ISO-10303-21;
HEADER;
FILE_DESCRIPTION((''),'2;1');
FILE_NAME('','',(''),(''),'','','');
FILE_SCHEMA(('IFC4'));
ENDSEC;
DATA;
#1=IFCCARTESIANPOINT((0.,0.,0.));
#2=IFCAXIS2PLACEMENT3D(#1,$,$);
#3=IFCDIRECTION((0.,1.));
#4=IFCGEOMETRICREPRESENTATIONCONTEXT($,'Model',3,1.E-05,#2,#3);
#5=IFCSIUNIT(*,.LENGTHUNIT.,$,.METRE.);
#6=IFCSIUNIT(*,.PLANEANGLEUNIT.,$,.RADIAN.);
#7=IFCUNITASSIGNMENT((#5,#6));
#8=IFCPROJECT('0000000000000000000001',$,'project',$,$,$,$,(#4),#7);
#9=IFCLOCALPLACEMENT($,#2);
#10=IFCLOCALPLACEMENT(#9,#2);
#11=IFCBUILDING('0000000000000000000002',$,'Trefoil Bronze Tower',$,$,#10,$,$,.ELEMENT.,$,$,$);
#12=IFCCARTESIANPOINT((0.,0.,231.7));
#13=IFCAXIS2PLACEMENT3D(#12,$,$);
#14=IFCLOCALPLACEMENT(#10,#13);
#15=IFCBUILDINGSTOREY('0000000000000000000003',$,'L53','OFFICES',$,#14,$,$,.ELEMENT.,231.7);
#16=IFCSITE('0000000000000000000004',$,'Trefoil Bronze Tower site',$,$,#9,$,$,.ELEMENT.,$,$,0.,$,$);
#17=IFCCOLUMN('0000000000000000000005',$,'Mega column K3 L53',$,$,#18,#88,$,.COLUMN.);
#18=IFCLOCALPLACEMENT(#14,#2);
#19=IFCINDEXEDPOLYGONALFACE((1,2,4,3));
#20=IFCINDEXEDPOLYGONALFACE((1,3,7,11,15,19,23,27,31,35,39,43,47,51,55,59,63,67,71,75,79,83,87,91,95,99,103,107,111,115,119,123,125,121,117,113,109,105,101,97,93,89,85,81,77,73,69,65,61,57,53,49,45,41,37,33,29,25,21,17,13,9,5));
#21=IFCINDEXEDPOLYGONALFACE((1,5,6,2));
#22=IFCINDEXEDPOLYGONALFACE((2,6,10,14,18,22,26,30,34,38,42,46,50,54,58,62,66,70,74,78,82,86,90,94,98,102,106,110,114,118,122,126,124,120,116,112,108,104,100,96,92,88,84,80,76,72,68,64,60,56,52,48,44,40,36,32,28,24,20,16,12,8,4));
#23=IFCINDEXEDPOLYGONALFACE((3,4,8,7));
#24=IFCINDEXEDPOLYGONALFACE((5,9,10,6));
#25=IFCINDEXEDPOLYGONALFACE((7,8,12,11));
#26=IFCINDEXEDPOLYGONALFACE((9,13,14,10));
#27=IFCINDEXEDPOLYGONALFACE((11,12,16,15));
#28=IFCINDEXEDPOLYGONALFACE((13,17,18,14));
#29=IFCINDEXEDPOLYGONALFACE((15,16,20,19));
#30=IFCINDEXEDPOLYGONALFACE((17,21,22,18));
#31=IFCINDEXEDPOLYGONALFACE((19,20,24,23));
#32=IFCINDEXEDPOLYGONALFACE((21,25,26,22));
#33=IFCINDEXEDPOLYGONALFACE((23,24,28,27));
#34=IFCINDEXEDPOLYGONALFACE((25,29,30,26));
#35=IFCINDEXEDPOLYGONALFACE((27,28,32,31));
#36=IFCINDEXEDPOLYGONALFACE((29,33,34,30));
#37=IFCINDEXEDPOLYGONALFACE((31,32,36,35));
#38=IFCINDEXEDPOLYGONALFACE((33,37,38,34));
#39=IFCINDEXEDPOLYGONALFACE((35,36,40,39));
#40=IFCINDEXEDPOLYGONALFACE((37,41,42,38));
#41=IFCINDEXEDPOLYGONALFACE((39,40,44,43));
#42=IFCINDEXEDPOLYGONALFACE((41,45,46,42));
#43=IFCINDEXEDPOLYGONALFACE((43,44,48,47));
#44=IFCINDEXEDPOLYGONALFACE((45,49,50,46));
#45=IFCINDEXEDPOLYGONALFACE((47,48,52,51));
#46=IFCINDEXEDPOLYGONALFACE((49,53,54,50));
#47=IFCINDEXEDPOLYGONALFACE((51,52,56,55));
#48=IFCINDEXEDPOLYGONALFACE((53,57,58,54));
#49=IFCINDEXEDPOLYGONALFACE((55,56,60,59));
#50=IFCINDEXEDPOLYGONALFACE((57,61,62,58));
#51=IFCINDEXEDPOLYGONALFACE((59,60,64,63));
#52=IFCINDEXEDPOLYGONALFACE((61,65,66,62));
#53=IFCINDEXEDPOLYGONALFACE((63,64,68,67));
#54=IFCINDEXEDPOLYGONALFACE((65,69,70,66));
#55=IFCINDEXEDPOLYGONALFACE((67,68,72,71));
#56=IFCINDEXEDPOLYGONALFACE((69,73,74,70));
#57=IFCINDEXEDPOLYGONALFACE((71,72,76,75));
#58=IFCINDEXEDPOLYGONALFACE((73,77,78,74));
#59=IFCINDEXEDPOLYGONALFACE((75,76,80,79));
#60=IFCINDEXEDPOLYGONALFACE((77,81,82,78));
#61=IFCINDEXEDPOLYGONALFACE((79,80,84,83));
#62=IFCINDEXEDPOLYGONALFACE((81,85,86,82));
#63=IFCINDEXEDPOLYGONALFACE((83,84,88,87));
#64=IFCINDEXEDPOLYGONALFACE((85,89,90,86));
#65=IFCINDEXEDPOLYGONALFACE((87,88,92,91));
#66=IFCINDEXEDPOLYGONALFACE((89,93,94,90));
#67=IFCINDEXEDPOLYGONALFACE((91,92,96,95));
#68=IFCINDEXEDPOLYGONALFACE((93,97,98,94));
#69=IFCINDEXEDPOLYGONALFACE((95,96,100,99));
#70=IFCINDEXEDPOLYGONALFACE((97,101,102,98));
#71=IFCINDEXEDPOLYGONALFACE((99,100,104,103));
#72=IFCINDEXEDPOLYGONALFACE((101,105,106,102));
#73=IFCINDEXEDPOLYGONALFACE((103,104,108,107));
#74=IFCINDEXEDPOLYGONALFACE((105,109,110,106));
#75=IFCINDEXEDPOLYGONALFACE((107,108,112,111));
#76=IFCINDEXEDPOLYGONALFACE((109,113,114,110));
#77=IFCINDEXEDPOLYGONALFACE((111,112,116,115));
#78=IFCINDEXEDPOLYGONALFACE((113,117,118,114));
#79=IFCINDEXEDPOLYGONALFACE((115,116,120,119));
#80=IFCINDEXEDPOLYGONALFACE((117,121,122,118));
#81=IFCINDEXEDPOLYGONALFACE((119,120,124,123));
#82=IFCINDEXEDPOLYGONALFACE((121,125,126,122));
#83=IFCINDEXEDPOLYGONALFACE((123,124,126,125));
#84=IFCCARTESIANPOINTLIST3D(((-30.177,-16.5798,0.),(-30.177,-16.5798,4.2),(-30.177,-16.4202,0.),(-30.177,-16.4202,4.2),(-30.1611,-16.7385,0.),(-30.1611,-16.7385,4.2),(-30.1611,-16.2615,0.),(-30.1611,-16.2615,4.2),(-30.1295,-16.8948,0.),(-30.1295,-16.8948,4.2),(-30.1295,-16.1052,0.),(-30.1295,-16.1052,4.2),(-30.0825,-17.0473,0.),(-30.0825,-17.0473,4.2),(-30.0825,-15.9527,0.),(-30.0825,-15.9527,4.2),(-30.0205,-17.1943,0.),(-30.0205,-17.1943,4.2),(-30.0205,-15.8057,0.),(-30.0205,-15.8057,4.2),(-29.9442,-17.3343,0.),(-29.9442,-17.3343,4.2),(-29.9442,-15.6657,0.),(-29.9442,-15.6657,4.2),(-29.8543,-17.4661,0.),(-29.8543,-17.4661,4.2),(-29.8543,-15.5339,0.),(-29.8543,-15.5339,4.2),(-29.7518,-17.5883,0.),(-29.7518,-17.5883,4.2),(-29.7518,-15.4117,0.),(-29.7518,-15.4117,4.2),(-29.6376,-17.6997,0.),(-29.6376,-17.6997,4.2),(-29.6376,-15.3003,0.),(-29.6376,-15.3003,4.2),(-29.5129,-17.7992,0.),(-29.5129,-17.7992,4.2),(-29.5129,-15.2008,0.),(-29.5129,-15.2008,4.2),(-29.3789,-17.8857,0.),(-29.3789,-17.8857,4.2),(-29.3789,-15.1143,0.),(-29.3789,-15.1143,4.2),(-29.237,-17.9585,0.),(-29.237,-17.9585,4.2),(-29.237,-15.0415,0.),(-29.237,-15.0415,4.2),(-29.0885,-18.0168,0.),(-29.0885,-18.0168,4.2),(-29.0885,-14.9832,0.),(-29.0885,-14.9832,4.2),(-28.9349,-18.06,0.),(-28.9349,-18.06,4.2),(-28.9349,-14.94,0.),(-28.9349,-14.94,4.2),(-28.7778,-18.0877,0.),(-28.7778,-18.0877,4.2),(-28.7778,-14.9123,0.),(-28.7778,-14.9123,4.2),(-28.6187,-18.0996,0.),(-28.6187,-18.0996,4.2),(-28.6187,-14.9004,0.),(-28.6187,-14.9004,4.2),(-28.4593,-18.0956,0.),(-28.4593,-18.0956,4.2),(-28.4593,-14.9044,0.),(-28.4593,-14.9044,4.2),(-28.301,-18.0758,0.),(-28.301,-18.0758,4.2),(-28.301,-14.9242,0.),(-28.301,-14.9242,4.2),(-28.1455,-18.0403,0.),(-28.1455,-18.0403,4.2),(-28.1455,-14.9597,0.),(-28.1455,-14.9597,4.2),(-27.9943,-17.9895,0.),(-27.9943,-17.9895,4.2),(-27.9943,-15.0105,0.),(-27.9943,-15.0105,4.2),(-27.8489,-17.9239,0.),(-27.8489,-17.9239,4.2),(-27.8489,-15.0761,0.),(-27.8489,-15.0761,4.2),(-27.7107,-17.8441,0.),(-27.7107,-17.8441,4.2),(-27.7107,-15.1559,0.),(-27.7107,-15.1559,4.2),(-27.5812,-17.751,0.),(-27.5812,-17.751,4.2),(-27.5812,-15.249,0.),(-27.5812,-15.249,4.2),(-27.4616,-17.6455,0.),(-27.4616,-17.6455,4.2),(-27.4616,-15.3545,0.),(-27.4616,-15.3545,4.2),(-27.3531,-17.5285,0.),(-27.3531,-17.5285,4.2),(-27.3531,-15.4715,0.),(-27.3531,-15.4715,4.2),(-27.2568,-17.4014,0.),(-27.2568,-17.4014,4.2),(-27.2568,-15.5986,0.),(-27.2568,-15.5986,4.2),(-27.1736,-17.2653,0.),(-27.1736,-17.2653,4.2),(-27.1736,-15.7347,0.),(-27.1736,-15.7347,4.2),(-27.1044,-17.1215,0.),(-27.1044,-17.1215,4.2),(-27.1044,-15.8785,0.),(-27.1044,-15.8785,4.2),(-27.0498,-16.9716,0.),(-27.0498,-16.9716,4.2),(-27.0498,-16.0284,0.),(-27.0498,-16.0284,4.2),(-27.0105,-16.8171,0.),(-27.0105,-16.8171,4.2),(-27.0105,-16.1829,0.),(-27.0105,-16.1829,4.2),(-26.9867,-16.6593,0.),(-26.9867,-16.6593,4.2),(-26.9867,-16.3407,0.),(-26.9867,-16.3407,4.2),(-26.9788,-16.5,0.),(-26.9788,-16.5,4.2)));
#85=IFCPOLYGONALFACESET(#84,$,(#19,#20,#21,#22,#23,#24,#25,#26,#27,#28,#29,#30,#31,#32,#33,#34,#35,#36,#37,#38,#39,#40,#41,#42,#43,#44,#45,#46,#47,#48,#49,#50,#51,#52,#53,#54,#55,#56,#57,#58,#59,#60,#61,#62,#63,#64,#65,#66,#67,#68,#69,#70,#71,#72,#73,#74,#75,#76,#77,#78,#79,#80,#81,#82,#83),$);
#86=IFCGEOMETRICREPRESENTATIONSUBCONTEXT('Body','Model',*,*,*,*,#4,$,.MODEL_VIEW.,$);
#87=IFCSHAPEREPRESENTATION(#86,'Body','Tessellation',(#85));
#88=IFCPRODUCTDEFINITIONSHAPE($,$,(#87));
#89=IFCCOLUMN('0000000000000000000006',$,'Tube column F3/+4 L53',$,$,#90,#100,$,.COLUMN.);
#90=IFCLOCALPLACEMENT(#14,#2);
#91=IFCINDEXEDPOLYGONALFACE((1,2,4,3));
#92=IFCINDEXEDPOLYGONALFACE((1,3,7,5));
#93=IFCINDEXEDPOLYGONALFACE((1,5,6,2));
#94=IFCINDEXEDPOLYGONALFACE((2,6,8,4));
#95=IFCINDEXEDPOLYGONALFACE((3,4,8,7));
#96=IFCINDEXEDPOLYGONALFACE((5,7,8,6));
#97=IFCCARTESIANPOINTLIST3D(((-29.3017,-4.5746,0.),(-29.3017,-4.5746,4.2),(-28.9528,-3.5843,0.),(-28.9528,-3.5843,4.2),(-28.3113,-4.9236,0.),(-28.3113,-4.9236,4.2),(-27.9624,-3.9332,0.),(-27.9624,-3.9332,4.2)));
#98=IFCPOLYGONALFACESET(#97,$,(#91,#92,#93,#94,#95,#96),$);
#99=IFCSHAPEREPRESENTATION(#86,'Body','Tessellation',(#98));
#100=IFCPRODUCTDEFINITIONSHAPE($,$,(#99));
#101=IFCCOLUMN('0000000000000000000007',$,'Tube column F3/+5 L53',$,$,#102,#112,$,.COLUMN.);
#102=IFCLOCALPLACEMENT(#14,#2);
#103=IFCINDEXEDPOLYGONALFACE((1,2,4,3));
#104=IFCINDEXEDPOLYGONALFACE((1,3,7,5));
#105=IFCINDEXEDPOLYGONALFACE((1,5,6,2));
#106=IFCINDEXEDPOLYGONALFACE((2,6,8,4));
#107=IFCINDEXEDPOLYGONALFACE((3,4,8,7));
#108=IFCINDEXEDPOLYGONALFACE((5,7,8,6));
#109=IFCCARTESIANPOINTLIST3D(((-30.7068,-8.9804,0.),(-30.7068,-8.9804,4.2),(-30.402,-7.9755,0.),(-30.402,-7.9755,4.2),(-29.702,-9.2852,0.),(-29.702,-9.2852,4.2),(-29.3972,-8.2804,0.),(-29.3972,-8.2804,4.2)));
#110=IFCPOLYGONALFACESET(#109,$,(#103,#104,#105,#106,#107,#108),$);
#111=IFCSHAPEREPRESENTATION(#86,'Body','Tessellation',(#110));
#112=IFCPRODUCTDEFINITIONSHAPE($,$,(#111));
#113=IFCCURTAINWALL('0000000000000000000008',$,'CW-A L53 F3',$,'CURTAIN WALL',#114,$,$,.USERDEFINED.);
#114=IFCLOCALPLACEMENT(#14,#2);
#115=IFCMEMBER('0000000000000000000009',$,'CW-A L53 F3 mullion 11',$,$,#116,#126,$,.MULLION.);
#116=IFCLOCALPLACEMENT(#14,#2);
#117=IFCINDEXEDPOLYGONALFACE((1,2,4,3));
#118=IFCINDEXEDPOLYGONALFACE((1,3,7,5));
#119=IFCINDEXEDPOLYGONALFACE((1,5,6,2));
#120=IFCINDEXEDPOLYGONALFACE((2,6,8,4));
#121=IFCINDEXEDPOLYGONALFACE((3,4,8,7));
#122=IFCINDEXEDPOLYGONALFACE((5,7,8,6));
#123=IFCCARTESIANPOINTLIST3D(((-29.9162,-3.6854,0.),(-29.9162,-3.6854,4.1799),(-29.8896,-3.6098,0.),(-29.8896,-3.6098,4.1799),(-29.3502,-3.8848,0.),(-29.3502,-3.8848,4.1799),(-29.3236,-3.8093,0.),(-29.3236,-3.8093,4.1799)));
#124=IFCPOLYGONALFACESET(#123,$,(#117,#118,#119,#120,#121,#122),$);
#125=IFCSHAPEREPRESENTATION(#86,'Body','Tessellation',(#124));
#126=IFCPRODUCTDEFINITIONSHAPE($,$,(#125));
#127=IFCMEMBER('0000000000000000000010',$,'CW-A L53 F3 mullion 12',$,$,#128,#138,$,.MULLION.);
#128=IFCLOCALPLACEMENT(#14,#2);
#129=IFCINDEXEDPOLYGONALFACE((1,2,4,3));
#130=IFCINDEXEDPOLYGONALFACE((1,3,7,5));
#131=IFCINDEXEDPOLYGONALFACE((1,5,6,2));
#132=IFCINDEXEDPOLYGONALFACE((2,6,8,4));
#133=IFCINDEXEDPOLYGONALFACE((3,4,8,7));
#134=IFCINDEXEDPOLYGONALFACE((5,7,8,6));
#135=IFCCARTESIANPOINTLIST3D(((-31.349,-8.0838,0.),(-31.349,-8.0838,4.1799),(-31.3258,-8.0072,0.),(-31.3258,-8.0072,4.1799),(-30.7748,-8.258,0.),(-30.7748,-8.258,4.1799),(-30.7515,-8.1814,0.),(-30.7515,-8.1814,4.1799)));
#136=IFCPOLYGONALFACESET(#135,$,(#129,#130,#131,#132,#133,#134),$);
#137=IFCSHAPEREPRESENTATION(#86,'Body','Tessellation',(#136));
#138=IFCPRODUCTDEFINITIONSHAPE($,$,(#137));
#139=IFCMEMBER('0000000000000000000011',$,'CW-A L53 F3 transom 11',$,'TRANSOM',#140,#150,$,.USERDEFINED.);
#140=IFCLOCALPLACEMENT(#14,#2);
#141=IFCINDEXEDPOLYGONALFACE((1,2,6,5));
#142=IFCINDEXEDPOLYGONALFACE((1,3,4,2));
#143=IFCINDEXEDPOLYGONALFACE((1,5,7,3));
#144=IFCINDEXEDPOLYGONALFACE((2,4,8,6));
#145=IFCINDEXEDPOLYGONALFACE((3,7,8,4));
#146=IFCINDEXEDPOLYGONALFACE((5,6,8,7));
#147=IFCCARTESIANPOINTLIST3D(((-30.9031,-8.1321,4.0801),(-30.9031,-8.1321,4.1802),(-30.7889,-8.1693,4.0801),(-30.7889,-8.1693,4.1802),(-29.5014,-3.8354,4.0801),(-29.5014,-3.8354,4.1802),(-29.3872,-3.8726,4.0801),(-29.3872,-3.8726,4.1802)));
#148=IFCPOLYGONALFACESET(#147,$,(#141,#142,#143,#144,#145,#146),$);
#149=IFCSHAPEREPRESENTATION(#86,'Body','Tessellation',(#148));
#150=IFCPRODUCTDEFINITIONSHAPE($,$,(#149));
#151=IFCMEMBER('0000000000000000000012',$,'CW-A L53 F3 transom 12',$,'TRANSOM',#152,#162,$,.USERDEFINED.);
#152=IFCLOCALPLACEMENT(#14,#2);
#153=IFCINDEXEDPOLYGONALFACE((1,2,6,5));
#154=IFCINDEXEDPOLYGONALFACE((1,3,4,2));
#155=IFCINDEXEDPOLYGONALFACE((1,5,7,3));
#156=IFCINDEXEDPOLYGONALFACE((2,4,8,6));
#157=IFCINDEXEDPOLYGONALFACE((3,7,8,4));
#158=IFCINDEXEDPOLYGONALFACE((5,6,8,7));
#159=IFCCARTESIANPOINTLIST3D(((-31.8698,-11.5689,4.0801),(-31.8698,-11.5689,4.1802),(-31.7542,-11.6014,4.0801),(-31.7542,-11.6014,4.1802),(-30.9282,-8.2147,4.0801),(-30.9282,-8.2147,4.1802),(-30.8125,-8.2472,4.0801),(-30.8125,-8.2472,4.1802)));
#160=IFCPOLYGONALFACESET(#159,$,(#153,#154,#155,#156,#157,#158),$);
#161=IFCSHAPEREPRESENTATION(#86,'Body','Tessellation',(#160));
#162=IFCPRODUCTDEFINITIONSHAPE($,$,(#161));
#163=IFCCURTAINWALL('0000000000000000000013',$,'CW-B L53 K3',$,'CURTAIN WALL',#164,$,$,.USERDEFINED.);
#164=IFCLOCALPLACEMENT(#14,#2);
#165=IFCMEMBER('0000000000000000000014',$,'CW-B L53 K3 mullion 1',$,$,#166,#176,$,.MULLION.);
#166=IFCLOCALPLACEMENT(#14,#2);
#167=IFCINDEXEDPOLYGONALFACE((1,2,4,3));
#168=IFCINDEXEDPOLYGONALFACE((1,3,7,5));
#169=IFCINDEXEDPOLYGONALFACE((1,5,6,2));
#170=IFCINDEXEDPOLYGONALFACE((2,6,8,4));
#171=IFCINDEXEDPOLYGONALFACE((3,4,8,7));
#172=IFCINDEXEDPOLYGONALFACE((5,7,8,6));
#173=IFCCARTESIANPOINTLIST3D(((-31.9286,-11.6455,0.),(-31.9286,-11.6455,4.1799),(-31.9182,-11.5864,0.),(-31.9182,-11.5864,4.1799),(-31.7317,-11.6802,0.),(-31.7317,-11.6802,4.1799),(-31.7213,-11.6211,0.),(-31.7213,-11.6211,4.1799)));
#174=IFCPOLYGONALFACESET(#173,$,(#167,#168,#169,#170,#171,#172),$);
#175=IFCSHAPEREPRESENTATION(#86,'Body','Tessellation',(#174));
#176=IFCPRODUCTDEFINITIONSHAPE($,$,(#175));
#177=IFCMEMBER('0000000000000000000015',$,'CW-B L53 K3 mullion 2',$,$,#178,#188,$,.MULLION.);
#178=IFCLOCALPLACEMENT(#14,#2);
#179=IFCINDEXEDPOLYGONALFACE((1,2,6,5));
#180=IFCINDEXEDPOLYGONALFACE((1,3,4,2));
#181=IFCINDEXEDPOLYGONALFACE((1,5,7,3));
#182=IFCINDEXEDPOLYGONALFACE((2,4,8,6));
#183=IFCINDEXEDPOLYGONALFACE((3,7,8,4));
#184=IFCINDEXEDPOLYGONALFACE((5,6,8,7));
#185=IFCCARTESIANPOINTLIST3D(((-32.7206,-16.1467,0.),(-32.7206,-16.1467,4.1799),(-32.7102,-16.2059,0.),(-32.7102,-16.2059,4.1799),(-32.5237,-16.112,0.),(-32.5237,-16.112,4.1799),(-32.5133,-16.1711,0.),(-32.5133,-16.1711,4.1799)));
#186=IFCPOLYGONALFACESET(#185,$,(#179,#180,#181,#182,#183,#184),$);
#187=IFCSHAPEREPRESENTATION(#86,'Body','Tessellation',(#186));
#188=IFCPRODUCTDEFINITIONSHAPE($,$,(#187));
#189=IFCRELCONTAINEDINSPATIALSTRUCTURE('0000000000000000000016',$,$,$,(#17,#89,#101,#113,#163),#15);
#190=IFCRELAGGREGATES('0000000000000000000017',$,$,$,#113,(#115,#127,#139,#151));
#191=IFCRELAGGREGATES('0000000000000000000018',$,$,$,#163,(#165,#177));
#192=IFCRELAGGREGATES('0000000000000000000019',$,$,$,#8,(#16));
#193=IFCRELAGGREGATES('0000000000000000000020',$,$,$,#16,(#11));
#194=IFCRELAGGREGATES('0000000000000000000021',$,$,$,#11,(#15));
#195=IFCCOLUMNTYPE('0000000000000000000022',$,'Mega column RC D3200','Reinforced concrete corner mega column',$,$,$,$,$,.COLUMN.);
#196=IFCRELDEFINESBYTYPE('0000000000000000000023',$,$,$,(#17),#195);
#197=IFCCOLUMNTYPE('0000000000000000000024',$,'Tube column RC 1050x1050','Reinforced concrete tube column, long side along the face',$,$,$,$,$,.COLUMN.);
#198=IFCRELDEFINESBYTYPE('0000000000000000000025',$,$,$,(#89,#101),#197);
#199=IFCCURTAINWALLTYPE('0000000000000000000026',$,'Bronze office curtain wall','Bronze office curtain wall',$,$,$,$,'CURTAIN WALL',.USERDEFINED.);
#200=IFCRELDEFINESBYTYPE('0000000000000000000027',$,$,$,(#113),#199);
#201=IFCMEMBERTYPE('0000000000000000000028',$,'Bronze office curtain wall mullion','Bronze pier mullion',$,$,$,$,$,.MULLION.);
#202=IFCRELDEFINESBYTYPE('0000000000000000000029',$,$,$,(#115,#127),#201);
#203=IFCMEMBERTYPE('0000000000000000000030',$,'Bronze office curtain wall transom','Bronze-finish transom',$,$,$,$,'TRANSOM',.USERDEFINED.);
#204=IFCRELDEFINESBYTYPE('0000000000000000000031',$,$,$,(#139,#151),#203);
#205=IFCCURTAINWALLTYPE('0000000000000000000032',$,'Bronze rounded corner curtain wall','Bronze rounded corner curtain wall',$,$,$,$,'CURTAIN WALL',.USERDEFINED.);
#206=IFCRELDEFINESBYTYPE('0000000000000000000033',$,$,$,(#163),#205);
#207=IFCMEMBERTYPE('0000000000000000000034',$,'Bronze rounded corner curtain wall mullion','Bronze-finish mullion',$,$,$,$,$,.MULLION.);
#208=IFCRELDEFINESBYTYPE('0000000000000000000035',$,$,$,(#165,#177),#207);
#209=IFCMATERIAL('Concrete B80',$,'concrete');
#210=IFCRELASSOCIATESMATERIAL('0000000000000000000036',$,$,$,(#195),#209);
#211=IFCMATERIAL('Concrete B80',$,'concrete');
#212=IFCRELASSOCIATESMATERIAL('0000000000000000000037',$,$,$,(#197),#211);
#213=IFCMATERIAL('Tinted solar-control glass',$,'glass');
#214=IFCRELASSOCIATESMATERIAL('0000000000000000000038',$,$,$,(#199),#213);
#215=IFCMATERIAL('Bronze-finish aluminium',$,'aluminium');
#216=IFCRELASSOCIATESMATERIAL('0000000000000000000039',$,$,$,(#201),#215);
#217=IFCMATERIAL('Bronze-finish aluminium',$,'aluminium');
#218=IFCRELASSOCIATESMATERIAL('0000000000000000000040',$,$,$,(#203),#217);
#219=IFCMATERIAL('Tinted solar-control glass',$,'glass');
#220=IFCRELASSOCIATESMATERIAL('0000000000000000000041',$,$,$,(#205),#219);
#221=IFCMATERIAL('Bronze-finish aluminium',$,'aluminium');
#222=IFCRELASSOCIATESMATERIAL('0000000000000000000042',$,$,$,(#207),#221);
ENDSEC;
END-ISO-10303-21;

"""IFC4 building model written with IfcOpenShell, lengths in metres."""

from ifc_helpers import new_model, si_unit, direction, frame, origin, origin_2d, place, context, subcontext, project, spatial, rectangle, circle, extrude, material, material_profile, profile_set, type_object, element, aggregate, save


model = new_model("IFC4")

# Units and contexts
model_context = context("Model", 3, precision=1e-05, world=origin(), true_north=direction((0.0, 1.0)))
body_context = subcontext(model_context, "Body", "Model", "MODEL_VIEW")
ifc_project = project(units=[si_unit("LENGTHUNIT", "METRE"), si_unit("PLANEANGLEUNIT", "RADIAN")], contexts=[model_context])

# Site, building, storey
site_placement = place(None, origin())
site = spatial("IfcSite", under=ifc_project, at=site_placement, Name="Trefoil Bronze Tower site", CompositionType="ELEMENT", RefElevation=0.0)
building_placement = place(site_placement, origin())
building = spatial("IfcBuilding", under=site, at=building_placement, Name="Trefoil Bronze Tower", CompositionType="ELEMENT")
storey_placement = place(building_placement, frame((0.0, 0.0, 231.7)))
storey = spatial("IfcBuildingStorey", under=building, at=storey_placement, Name="L53", Description="OFFICES", CompositionType="ELEMENT", Elevation=231.7)

# Columns
ifc_material_1 = material(Name="Concrete B80", Category="concrete")
ifc_material_profile_1 = material_profile(ifc_material_1, circle(Radius=1.6001, at=origin_2d()), Name="RC D3200")
ifc_profile_set_1 = profile_set([ifc_material_profile_1], Name="Concrete B80")
column_type_1 = type_object("IfcColumnType", Name="Mega column RC D3200", Description="Reinforced concrete corner mega column", PredefinedType="COLUMN", material=ifc_profile_set_1)
column_placement = place(storey_placement, frame((-28.5789, -16.5, 0.0), z_axis=(0.0, 0.0, 1.0), x_axis=(1.0, 0.0, 0.0)))
element("IfcColumn", 1, at=column_placement, inside=storey, type_object=column_type_1, Name="Mega column K3 L53", PredefinedType="COLUMN", context=body_context, shape_type="SweptSolid", body=[
    extrude(circle(Radius=1.6001, at=origin_2d()), origin(), (0.0, 0.0, 1.0), 4.2),
])
ifc_material_2 = material(Name="Concrete B80", Category="concrete")
ifc_material_profile_2 = material_profile(ifc_material_2, rectangle(XDim=1.05, YDim=1.05, at=origin_2d()), Name="RC 1050x1050")
ifc_profile_set_2 = profile_set([ifc_material_profile_2], Name="Concrete B80")
column_type_2 = type_object("IfcColumnType", Name="Tube column RC 1050x1050", Description="Reinforced concrete tube column, long side along the face", PredefinedType="COLUMN", material=ifc_profile_set_2)
for number, where, z_axis, x_axis, name in (
    (2, (-28.6321, -4.2539, 0.0), (0.0, 0.0, 1.0), (-0.332282, -0.94318, 0.0), "Tube column F3/+4 L53"),
    (3, (-30.052, -8.6304, 0.0), (0.0, 0.0, 1.0), (-0.290278, -0.956942, 0.0), "Tube column F3/+5 L53"),
):
    element("IfcColumn", number, at=place(storey_placement, frame(where, z_axis=z_axis, x_axis=x_axis)), inside=storey, type_object=column_type_2, Name=name, PredefinedType="COLUMN", context=body_context, shape_type="SweptSolid", body=[
        extrude(rectangle(XDim=1.05, YDim=1.05, at=origin_2d()), origin(), (0.0, 0.0, 1.0), 4.2),
    ])

# Curtain walls, members
ifc_material_3 = material(Name="Tinted solar-control glass", Category="glass")
curtain_wall_type_1 = type_object("IfcCurtainWallType", Name="Bronze office curtain wall", Description="Bronze office curtain wall", ElementType="CURTAIN WALL", PredefinedType="USERDEFINED", material=ifc_material_3)
curtain_wall_1_placement = place(storey_placement, origin())
curtain_wall_1 = element("IfcCurtainWall", 4, at=curtain_wall_1_placement, inside=storey, type_object=curtain_wall_type_1, Name="CW-A L53 F3", ObjectType="CURTAIN WALL", PredefinedType="USERDEFINED")
ifc_material_4 = material(Name="Bronze-finish aluminium", Category="aluminium")
ifc_material_profile_3 = material_profile(ifc_material_4, rectangle(XDim=0.6001, YDim=0.0801, at=origin_2d()), Name="CW-A mullion")
ifc_profile_set_3 = profile_set([ifc_material_profile_3], Name="Bronze-finish aluminium")
member_type_1 = type_object("IfcMemberType", Name="Bronze office curtain wall mullion", Description="Bronze pier mullion", PredefinedType="MULLION", material=ifc_profile_set_3)
member_1_placement = place(storey_placement, frame((-29.6199, -3.7473, 0.0), z_axis=(0.0, 0.0, 1.0), x_axis=(0.94318, -0.332282, 0.0)))
member_1 = element("IfcMember", 5, at=member_1_placement, type_object=member_type_1, Name="CW-A L53 F3 mullion 11", PredefinedType="MULLION", context=body_context, shape_type="SweptSolid", body=[
    extrude(rectangle(XDim=0.6001, YDim=0.0801, at=origin_2d()), origin(), (0.0, 0.0, 1.0), 4.1799),
])
member_2_placement = place(storey_placement, frame((-31.0503, -8.1326, 0.0), z_axis=(0.0, 0.0, 1.0), x_axis=(0.956942, -0.290278, 0.0)))
member_2 = element("IfcMember", 6, at=member_2_placement, type_object=member_type_1, Name="CW-A L53 F3 mullion 12", PredefinedType="MULLION", context=body_context, shape_type="SweptSolid", body=[
    extrude(rectangle(XDim=0.6001, YDim=0.0801, at=origin_2d()), origin(), (0.0, 0.0, 1.0), 4.1799),
])
ifc_material_5 = material(Name="Bronze-finish aluminium", Category="aluminium")
ifc_material_profile_4 = material_profile(ifc_material_5, rectangle(XDim=0.1201, YDim=0.1001, at=origin_2d()), Name="CW-A transom")
ifc_profile_set_4 = profile_set([ifc_material_profile_4], Name="Bronze-finish aluminium")
member_type_2 = type_object("IfcMemberType", Name="Bronze office curtain wall transom", Description="Bronze-finish transom", ElementType="TRANSOM", PredefinedType="USERDEFINED", material=ifc_profile_set_4)
member_3_placement = place(storey_placement, frame((-29.4443, -3.854, 4.1301), z_axis=(-0.310128, -0.950695, 0.0), x_axis=(0.950695, -0.310128, 0.0)))
member_3 = element("IfcMember", 7, at=member_3_placement, type_object=member_type_2, Name="CW-A L53 F3 transom 11", ObjectType="TRANSOM", PredefinedType="USERDEFINED", context=body_context, shape_type="SweptSolid", body=[
    extrude(rectangle(XDim=0.1201, YDim=0.1001, at=origin_2d()), origin(), (0.0, 0.0, 1.0), 4.5195),
])
member_4_placement = place(storey_placement, frame((-30.8704, -8.231, 4.1301), z_axis=(-0.270285, -0.96278, 0.0), x_axis=(0.96278, -0.270285, 0.0)))
member_4 = element("IfcMember", 8, at=member_4_placement, type_object=member_type_2, Name="CW-A L53 F3 transom 12", ObjectType="TRANSOM", PredefinedType="USERDEFINED", context=body_context, shape_type="SweptSolid", body=[
    extrude(rectangle(XDim=0.1201, YDim=0.1001, at=origin_2d()), origin(), (0.0, 0.0, 1.0), 3.4839),
])
ifc_material_6 = material(Name="Tinted solar-control glass", Category="glass")
curtain_wall_type_2 = type_object("IfcCurtainWallType", Name="Bronze rounded corner curtain wall", Description="Bronze rounded corner curtain wall", ElementType="CURTAIN WALL", PredefinedType="USERDEFINED", material=ifc_material_6)
curtain_wall_2_placement = place(storey_placement, origin())
curtain_wall_2 = element("IfcCurtainWall", 9, at=curtain_wall_2_placement, inside=storey, type_object=curtain_wall_type_2, Name="CW-B L53 K3", ObjectType="CURTAIN WALL", PredefinedType="USERDEFINED")
ifc_material_7 = material(Name="Bronze-finish aluminium", Category="aluminium")
ifc_material_profile_5 = material_profile(ifc_material_7, rectangle(XDim=0.2, YDim=0.0601, at=origin_2d()), Name="CW-B mullion")
ifc_profile_set_5 = profile_set([ifc_material_profile_5], Name="Bronze-finish aluminium")
member_type_3 = type_object("IfcMemberType", Name="Bronze rounded corner curtain wall mullion", Description="Bronze-finish mullion", PredefinedType="MULLION", material=ifc_profile_set_5)
member_5_placement = place(storey_placement, frame((-31.825, -11.6333, 0.0), z_axis=(0.0, 0.0, 1.0), x_axis=(0.984808, -0.173648, 0.0)))
member_5 = element("IfcMember", 10, at=member_5_placement, type_object=member_type_3, Name="CW-B L53 K3 mullion 1", PredefinedType="MULLION", context=body_context, shape_type="SweptSolid", body=[
    extrude(rectangle(XDim=0.2, YDim=0.0601, at=origin_2d()), origin(), (0.0, 0.0, 1.0), 4.1799),
])
member_6_placement = place(storey_placement, frame((-32.6169, -16.1589, 0.0), z_axis=(0.0, 0.0, 1.0), x_axis=(0.984808, 0.173648, 0.0)))
member_6 = element("IfcMember", 11, at=member_6_placement, type_object=member_type_3, Name="CW-B L53 K3 mullion 2", PredefinedType="MULLION", context=body_context, shape_type="SweptSolid", body=[
    extrude(rectangle(XDim=0.2, YDim=0.0601, at=origin_2d()), origin(), (0.0, 0.0, 1.0), 4.1799),
])

aggregate(curtain_wall_1, [member_1, member_2, member_3, member_4])
aggregate(curtain_wall_2, [member_5, member_6])

save(model, "model.ifc")
